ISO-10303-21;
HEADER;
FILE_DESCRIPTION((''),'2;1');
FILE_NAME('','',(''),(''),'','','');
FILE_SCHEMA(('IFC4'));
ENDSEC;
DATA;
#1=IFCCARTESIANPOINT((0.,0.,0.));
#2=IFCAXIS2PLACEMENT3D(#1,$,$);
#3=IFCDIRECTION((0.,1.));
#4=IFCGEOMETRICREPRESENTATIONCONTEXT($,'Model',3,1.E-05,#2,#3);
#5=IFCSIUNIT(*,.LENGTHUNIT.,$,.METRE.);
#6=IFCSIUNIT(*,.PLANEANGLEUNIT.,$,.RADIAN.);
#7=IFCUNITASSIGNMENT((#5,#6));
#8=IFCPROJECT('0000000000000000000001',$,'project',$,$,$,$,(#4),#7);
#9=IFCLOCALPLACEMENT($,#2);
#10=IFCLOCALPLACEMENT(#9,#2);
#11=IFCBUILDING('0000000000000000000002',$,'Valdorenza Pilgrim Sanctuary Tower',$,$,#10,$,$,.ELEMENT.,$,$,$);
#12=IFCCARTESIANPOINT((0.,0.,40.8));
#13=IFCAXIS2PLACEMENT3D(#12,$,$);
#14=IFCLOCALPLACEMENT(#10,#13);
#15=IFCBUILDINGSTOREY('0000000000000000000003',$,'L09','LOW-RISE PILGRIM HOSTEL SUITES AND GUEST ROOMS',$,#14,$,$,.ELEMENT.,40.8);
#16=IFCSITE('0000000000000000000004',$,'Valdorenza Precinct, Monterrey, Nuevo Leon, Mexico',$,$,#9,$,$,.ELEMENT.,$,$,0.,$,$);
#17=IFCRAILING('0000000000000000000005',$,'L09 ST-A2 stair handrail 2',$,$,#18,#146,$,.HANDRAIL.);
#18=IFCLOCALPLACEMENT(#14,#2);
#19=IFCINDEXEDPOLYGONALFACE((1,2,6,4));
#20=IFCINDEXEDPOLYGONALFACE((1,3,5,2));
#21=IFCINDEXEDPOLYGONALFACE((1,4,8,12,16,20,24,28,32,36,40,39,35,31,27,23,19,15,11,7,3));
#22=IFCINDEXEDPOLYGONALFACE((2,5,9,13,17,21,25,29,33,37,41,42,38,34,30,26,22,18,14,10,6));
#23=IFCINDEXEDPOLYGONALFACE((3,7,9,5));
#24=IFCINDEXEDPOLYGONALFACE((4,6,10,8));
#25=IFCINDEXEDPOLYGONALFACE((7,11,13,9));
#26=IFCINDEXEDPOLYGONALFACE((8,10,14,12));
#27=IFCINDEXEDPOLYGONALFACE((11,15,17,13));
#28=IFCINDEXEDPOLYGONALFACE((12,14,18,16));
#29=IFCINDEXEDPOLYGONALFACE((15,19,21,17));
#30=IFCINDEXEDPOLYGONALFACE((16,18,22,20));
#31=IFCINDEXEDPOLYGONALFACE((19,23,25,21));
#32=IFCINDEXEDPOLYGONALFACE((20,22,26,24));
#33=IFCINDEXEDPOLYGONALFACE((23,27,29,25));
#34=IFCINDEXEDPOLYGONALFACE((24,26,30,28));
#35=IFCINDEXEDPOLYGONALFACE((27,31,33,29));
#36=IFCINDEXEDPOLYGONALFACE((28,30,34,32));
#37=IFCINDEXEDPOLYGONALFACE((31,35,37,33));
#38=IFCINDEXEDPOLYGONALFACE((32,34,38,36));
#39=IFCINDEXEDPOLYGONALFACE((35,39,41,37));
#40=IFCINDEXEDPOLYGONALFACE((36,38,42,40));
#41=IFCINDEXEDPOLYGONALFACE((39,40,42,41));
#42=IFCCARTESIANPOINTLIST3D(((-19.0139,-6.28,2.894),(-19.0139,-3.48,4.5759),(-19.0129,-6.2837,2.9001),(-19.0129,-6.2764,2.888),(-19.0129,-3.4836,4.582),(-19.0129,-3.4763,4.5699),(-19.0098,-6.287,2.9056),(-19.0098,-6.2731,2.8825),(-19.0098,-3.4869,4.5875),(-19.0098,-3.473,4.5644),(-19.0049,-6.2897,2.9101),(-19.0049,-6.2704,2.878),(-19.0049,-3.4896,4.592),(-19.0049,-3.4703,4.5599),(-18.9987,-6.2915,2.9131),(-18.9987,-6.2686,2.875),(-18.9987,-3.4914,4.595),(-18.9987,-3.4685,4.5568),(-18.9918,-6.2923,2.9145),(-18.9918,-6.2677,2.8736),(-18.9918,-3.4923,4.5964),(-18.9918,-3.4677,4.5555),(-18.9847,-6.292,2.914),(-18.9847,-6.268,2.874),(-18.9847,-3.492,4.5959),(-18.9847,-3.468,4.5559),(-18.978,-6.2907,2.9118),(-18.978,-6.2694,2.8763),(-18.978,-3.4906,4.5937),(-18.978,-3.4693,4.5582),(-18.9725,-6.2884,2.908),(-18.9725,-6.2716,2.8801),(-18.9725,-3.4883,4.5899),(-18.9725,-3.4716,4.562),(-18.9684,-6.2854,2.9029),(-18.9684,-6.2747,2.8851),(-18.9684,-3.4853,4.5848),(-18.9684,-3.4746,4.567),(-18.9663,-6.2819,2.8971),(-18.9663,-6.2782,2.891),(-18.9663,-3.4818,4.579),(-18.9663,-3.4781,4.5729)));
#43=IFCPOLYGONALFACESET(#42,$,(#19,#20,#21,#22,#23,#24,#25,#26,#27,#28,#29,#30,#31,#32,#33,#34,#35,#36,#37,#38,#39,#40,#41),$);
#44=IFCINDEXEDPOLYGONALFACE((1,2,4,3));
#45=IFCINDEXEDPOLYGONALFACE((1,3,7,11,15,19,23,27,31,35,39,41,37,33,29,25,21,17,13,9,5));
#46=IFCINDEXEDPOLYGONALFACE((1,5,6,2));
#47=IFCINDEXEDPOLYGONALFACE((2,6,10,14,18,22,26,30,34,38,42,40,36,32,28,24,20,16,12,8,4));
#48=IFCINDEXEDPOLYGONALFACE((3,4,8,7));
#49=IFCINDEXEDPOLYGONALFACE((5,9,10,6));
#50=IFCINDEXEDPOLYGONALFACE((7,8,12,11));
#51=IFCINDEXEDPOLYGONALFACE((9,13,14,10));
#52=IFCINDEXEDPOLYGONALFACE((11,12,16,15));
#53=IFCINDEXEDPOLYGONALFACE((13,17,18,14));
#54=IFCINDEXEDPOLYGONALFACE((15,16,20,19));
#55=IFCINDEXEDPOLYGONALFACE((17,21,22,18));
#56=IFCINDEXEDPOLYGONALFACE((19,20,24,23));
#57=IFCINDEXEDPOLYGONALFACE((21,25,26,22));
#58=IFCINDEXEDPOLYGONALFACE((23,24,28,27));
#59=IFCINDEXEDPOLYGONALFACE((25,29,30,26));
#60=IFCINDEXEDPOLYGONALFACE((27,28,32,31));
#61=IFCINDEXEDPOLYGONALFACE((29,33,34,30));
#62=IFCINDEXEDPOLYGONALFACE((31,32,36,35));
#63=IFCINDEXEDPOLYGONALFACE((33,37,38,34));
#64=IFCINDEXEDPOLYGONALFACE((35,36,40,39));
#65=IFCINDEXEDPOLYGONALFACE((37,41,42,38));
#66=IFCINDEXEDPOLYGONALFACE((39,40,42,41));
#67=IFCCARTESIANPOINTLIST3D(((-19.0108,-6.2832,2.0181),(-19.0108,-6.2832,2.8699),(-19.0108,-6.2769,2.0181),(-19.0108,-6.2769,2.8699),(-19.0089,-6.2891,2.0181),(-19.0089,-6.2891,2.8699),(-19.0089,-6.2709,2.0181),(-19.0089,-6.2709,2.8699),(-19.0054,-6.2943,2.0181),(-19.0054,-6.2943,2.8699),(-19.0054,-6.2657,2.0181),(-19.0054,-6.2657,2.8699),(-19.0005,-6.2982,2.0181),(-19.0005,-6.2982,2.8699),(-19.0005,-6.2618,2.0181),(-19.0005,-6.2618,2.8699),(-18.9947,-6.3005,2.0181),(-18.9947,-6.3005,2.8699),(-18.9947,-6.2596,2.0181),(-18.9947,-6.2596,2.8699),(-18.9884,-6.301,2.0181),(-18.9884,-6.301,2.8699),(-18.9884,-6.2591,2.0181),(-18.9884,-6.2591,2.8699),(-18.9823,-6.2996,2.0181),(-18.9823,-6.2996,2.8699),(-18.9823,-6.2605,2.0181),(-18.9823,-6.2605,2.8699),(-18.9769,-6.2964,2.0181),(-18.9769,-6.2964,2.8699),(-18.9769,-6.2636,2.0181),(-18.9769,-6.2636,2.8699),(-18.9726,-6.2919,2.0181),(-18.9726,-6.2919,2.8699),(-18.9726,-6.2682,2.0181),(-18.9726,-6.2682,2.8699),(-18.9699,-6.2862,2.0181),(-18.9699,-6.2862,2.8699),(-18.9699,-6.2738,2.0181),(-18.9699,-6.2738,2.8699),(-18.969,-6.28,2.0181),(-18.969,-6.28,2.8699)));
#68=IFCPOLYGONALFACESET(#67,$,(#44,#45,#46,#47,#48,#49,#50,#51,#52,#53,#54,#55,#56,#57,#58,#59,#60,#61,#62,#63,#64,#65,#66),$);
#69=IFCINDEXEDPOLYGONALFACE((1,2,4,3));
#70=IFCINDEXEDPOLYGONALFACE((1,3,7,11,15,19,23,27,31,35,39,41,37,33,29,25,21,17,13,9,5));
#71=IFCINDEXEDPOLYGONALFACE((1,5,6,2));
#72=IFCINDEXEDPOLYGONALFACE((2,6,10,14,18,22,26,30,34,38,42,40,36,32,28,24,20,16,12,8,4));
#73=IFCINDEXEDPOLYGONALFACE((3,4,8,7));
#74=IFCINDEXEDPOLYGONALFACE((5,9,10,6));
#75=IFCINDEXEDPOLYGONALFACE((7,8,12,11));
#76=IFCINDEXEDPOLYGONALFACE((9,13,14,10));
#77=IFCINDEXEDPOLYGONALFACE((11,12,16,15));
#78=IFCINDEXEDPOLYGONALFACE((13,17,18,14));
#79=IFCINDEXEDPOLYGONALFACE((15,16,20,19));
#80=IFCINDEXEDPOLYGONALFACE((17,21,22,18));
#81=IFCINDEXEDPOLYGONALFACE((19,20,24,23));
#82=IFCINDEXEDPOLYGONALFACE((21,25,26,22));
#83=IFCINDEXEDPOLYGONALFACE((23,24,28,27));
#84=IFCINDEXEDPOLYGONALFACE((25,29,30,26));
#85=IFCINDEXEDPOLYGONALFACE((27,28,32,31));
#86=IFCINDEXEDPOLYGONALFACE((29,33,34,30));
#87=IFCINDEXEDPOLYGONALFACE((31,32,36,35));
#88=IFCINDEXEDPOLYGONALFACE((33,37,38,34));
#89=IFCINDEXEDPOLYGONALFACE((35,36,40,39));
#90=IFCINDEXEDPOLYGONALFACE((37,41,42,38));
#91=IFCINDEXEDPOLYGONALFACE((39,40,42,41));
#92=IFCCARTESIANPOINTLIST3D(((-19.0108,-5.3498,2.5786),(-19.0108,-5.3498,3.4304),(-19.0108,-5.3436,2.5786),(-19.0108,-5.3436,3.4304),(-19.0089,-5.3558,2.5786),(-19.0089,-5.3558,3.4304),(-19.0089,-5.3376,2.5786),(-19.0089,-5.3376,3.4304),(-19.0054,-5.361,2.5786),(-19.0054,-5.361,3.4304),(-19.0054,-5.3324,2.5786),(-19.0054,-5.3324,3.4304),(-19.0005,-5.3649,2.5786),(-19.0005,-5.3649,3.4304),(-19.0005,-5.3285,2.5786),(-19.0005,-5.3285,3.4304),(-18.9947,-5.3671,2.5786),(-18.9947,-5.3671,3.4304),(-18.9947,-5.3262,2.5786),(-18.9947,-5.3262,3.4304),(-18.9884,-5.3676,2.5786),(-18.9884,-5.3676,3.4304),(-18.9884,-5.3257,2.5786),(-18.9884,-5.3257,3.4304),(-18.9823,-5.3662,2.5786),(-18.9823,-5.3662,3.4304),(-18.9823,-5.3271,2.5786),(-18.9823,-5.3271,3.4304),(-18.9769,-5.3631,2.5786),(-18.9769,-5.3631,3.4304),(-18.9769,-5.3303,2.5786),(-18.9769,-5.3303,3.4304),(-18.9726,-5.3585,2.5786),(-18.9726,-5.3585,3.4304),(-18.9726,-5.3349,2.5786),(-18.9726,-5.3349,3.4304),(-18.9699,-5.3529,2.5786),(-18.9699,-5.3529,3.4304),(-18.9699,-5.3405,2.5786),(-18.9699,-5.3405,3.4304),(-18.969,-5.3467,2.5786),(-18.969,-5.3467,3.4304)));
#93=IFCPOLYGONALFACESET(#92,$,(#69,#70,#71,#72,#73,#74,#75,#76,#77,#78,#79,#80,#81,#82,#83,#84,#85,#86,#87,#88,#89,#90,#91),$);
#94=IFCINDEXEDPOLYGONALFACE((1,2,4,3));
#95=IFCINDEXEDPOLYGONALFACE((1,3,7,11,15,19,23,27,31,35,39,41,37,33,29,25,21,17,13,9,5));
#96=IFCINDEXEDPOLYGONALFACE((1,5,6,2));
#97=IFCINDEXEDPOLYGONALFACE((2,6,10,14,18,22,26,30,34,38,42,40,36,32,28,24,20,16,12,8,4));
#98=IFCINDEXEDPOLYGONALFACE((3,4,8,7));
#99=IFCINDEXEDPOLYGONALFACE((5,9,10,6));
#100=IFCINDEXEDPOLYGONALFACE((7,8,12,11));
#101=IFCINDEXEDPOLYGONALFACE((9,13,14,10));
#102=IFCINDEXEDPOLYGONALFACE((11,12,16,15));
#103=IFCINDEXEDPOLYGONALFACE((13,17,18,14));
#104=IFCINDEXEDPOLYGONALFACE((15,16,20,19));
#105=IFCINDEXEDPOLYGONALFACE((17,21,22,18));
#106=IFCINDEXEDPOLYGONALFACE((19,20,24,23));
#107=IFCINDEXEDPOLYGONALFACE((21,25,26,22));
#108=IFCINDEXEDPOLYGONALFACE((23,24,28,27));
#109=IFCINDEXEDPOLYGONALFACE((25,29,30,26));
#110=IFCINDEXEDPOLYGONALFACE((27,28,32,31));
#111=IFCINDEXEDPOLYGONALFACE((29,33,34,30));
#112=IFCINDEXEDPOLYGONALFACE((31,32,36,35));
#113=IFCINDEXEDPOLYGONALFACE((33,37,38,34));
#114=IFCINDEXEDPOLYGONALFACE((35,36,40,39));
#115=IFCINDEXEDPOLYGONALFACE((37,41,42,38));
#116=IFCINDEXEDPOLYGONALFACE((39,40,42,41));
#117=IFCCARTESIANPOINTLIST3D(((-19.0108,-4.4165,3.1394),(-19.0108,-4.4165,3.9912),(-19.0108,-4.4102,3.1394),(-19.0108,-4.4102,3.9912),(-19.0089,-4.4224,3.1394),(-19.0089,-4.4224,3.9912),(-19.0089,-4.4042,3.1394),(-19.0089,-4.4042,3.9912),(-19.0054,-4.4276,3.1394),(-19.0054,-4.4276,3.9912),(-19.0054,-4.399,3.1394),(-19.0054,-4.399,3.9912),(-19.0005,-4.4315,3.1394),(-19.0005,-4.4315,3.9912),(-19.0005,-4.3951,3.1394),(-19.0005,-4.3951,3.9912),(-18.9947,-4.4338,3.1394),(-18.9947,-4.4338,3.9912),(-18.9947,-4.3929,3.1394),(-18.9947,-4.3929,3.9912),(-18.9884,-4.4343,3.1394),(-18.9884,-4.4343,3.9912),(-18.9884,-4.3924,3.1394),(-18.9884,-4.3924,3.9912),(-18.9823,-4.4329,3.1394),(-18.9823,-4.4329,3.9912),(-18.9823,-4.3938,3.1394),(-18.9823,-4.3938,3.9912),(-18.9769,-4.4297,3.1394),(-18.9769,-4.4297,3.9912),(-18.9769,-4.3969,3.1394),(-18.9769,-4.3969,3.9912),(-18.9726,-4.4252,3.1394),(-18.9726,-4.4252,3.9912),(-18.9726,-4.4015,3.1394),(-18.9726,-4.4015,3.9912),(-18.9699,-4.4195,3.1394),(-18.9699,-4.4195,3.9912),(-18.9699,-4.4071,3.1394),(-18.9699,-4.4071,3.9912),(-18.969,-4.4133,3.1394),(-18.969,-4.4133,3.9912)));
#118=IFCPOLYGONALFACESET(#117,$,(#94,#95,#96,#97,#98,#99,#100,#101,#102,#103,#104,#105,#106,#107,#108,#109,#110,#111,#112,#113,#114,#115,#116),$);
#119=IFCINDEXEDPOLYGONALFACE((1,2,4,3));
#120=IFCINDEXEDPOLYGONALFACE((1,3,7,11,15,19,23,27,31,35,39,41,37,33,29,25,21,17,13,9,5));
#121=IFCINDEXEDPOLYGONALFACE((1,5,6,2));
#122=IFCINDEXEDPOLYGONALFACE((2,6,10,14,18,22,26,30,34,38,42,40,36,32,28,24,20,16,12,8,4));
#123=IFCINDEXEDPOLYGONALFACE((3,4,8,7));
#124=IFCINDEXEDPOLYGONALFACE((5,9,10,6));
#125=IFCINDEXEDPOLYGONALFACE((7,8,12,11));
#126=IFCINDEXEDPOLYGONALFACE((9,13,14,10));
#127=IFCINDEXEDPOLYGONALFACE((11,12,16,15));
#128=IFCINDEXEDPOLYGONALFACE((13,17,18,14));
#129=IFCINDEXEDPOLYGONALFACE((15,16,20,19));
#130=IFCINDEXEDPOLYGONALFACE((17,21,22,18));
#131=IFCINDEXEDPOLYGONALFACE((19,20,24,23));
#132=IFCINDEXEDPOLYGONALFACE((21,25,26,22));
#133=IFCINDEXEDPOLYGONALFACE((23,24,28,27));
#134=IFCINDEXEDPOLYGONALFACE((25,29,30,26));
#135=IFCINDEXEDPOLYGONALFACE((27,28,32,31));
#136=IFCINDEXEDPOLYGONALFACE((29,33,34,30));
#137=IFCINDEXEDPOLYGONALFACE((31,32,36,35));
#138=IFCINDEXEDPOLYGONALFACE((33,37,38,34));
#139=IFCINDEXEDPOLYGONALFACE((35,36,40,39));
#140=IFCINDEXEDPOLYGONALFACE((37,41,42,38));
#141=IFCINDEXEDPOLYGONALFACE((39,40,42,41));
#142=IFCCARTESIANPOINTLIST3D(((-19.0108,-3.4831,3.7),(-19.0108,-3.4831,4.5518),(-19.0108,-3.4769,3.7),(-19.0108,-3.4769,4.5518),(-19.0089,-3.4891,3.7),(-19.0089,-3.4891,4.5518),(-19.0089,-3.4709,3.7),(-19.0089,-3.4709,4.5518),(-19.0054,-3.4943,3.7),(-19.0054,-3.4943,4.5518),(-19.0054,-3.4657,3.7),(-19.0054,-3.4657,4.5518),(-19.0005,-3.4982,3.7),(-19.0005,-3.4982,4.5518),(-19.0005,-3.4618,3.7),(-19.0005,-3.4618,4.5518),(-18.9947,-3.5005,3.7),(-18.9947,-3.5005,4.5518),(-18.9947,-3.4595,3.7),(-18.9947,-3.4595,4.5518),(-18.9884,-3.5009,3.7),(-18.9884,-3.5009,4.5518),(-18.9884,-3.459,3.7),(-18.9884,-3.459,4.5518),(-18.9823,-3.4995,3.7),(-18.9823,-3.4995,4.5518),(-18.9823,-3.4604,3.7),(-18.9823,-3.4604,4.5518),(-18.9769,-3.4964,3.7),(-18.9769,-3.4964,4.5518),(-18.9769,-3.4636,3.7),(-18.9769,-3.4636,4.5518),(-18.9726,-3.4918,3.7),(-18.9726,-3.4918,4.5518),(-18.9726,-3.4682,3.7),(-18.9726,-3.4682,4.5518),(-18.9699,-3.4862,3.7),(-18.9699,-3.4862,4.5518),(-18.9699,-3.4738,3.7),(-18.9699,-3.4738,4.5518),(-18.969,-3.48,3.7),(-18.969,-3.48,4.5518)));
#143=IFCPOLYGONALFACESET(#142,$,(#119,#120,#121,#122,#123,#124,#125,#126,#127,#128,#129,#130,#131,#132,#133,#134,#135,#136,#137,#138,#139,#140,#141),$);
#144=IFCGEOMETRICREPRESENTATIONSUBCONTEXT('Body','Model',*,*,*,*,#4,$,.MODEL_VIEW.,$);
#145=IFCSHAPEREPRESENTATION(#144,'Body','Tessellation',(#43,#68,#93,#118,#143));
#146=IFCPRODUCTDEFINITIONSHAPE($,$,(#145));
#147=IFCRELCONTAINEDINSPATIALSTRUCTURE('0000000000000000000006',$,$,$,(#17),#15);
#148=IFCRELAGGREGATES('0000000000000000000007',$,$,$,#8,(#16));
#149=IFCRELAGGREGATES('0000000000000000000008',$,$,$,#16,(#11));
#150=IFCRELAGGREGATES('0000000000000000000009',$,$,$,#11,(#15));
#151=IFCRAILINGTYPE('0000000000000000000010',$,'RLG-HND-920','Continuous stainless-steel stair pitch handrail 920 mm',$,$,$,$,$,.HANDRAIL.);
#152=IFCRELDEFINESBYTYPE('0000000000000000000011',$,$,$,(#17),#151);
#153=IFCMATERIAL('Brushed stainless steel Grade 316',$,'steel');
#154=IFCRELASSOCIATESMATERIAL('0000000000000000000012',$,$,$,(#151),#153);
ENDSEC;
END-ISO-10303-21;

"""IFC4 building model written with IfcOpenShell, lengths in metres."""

from ifc_helpers import new_model, si_unit, direction, frame, origin, origin_2d, place, context, subcontext, project, spatial, circle, extrude, material, type_object, element, save


model = new_model("IFC4")

# Units and contexts
model_context = context("Model", 3, precision=1e-05, world=origin(), true_north=direction((0.0, 1.0)))
body_context = subcontext(model_context, "Body", "Model", "MODEL_VIEW")
ifc_project = project(units=[si_unit("LENGTHUNIT", "METRE"), si_unit("PLANEANGLEUNIT", "RADIAN")], contexts=[model_context])

# Site, building, storey
site_placement = place(None, origin())
site = spatial("IfcSite", under=ifc_project, at=site_placement, Name="Valdorenza Precinct, Monterrey, Nuevo Leon, Mexico", CompositionType="ELEMENT", RefElevation=0.0)
building_placement = place(site_placement, origin())
building = spatial("IfcBuilding", under=site, at=building_placement, Name="Valdorenza Pilgrim Sanctuary Tower", CompositionType="ELEMENT")
storey_placement = place(building_placement, frame((0.0, 0.0, 40.8)))
storey = spatial("IfcBuildingStorey", under=building, at=storey_placement, Name="L09", Description="LOW-RISE PILGRIM HOSTEL SUITES AND GUEST ROOMS", CompositionType="ELEMENT", Elevation=40.8)

# Shared definitions
ifc_material_1 = material(Name="Brushed stainless steel Grade 316", Category="steel")

# Railing
railing_type_1 = type_object("IfcRailingType", Name="RLG-HND-920", Description="Continuous stainless-steel stair pitch handrail 920 mm", PredefinedType="HANDRAIL", material=ifc_material_1)
railing_1_placement = place(storey_placement, frame((-18.99, -6.28, 2.0181)))
element("IfcRailing", 1, at=railing_1_placement, inside=storey, type_object=railing_type_1, Name="L09 ST-A2 stair handrail 2", PredefinedType="HANDRAIL", context=body_context, shape_type="SweptSolid", body=[
    extrude(circle(Radius=0.0239, at=origin_2d()), frame((0.0, 0.0, 0.876), z_axis=(0.0, 0.857242, 0.514913), x_axis=(-1.0, 0.0, 0.0)), (0.0, 0.0, 1.0), 3.2664),
    extrude(circle(Radius=0.021, at=origin_2d()), origin(), (0.0, 0.0, 1.0), 0.8518),
    extrude(circle(Radius=0.021, at=origin_2d()), frame((0.0, 0.9333, 0.5605)), (0.0, 0.0, 1.0), 0.8518),
    extrude(circle(Radius=0.021, at=origin_2d()), frame((0.0, 1.8667, 1.1213)), (0.0, 0.0, 1.0), 0.8518),
    extrude(circle(Radius=0.021, at=origin_2d()), frame((0.0, 2.8, 1.6819)), (0.0, 0.0, 1.0), 0.8518),
])

save(model, "model.ifc")
